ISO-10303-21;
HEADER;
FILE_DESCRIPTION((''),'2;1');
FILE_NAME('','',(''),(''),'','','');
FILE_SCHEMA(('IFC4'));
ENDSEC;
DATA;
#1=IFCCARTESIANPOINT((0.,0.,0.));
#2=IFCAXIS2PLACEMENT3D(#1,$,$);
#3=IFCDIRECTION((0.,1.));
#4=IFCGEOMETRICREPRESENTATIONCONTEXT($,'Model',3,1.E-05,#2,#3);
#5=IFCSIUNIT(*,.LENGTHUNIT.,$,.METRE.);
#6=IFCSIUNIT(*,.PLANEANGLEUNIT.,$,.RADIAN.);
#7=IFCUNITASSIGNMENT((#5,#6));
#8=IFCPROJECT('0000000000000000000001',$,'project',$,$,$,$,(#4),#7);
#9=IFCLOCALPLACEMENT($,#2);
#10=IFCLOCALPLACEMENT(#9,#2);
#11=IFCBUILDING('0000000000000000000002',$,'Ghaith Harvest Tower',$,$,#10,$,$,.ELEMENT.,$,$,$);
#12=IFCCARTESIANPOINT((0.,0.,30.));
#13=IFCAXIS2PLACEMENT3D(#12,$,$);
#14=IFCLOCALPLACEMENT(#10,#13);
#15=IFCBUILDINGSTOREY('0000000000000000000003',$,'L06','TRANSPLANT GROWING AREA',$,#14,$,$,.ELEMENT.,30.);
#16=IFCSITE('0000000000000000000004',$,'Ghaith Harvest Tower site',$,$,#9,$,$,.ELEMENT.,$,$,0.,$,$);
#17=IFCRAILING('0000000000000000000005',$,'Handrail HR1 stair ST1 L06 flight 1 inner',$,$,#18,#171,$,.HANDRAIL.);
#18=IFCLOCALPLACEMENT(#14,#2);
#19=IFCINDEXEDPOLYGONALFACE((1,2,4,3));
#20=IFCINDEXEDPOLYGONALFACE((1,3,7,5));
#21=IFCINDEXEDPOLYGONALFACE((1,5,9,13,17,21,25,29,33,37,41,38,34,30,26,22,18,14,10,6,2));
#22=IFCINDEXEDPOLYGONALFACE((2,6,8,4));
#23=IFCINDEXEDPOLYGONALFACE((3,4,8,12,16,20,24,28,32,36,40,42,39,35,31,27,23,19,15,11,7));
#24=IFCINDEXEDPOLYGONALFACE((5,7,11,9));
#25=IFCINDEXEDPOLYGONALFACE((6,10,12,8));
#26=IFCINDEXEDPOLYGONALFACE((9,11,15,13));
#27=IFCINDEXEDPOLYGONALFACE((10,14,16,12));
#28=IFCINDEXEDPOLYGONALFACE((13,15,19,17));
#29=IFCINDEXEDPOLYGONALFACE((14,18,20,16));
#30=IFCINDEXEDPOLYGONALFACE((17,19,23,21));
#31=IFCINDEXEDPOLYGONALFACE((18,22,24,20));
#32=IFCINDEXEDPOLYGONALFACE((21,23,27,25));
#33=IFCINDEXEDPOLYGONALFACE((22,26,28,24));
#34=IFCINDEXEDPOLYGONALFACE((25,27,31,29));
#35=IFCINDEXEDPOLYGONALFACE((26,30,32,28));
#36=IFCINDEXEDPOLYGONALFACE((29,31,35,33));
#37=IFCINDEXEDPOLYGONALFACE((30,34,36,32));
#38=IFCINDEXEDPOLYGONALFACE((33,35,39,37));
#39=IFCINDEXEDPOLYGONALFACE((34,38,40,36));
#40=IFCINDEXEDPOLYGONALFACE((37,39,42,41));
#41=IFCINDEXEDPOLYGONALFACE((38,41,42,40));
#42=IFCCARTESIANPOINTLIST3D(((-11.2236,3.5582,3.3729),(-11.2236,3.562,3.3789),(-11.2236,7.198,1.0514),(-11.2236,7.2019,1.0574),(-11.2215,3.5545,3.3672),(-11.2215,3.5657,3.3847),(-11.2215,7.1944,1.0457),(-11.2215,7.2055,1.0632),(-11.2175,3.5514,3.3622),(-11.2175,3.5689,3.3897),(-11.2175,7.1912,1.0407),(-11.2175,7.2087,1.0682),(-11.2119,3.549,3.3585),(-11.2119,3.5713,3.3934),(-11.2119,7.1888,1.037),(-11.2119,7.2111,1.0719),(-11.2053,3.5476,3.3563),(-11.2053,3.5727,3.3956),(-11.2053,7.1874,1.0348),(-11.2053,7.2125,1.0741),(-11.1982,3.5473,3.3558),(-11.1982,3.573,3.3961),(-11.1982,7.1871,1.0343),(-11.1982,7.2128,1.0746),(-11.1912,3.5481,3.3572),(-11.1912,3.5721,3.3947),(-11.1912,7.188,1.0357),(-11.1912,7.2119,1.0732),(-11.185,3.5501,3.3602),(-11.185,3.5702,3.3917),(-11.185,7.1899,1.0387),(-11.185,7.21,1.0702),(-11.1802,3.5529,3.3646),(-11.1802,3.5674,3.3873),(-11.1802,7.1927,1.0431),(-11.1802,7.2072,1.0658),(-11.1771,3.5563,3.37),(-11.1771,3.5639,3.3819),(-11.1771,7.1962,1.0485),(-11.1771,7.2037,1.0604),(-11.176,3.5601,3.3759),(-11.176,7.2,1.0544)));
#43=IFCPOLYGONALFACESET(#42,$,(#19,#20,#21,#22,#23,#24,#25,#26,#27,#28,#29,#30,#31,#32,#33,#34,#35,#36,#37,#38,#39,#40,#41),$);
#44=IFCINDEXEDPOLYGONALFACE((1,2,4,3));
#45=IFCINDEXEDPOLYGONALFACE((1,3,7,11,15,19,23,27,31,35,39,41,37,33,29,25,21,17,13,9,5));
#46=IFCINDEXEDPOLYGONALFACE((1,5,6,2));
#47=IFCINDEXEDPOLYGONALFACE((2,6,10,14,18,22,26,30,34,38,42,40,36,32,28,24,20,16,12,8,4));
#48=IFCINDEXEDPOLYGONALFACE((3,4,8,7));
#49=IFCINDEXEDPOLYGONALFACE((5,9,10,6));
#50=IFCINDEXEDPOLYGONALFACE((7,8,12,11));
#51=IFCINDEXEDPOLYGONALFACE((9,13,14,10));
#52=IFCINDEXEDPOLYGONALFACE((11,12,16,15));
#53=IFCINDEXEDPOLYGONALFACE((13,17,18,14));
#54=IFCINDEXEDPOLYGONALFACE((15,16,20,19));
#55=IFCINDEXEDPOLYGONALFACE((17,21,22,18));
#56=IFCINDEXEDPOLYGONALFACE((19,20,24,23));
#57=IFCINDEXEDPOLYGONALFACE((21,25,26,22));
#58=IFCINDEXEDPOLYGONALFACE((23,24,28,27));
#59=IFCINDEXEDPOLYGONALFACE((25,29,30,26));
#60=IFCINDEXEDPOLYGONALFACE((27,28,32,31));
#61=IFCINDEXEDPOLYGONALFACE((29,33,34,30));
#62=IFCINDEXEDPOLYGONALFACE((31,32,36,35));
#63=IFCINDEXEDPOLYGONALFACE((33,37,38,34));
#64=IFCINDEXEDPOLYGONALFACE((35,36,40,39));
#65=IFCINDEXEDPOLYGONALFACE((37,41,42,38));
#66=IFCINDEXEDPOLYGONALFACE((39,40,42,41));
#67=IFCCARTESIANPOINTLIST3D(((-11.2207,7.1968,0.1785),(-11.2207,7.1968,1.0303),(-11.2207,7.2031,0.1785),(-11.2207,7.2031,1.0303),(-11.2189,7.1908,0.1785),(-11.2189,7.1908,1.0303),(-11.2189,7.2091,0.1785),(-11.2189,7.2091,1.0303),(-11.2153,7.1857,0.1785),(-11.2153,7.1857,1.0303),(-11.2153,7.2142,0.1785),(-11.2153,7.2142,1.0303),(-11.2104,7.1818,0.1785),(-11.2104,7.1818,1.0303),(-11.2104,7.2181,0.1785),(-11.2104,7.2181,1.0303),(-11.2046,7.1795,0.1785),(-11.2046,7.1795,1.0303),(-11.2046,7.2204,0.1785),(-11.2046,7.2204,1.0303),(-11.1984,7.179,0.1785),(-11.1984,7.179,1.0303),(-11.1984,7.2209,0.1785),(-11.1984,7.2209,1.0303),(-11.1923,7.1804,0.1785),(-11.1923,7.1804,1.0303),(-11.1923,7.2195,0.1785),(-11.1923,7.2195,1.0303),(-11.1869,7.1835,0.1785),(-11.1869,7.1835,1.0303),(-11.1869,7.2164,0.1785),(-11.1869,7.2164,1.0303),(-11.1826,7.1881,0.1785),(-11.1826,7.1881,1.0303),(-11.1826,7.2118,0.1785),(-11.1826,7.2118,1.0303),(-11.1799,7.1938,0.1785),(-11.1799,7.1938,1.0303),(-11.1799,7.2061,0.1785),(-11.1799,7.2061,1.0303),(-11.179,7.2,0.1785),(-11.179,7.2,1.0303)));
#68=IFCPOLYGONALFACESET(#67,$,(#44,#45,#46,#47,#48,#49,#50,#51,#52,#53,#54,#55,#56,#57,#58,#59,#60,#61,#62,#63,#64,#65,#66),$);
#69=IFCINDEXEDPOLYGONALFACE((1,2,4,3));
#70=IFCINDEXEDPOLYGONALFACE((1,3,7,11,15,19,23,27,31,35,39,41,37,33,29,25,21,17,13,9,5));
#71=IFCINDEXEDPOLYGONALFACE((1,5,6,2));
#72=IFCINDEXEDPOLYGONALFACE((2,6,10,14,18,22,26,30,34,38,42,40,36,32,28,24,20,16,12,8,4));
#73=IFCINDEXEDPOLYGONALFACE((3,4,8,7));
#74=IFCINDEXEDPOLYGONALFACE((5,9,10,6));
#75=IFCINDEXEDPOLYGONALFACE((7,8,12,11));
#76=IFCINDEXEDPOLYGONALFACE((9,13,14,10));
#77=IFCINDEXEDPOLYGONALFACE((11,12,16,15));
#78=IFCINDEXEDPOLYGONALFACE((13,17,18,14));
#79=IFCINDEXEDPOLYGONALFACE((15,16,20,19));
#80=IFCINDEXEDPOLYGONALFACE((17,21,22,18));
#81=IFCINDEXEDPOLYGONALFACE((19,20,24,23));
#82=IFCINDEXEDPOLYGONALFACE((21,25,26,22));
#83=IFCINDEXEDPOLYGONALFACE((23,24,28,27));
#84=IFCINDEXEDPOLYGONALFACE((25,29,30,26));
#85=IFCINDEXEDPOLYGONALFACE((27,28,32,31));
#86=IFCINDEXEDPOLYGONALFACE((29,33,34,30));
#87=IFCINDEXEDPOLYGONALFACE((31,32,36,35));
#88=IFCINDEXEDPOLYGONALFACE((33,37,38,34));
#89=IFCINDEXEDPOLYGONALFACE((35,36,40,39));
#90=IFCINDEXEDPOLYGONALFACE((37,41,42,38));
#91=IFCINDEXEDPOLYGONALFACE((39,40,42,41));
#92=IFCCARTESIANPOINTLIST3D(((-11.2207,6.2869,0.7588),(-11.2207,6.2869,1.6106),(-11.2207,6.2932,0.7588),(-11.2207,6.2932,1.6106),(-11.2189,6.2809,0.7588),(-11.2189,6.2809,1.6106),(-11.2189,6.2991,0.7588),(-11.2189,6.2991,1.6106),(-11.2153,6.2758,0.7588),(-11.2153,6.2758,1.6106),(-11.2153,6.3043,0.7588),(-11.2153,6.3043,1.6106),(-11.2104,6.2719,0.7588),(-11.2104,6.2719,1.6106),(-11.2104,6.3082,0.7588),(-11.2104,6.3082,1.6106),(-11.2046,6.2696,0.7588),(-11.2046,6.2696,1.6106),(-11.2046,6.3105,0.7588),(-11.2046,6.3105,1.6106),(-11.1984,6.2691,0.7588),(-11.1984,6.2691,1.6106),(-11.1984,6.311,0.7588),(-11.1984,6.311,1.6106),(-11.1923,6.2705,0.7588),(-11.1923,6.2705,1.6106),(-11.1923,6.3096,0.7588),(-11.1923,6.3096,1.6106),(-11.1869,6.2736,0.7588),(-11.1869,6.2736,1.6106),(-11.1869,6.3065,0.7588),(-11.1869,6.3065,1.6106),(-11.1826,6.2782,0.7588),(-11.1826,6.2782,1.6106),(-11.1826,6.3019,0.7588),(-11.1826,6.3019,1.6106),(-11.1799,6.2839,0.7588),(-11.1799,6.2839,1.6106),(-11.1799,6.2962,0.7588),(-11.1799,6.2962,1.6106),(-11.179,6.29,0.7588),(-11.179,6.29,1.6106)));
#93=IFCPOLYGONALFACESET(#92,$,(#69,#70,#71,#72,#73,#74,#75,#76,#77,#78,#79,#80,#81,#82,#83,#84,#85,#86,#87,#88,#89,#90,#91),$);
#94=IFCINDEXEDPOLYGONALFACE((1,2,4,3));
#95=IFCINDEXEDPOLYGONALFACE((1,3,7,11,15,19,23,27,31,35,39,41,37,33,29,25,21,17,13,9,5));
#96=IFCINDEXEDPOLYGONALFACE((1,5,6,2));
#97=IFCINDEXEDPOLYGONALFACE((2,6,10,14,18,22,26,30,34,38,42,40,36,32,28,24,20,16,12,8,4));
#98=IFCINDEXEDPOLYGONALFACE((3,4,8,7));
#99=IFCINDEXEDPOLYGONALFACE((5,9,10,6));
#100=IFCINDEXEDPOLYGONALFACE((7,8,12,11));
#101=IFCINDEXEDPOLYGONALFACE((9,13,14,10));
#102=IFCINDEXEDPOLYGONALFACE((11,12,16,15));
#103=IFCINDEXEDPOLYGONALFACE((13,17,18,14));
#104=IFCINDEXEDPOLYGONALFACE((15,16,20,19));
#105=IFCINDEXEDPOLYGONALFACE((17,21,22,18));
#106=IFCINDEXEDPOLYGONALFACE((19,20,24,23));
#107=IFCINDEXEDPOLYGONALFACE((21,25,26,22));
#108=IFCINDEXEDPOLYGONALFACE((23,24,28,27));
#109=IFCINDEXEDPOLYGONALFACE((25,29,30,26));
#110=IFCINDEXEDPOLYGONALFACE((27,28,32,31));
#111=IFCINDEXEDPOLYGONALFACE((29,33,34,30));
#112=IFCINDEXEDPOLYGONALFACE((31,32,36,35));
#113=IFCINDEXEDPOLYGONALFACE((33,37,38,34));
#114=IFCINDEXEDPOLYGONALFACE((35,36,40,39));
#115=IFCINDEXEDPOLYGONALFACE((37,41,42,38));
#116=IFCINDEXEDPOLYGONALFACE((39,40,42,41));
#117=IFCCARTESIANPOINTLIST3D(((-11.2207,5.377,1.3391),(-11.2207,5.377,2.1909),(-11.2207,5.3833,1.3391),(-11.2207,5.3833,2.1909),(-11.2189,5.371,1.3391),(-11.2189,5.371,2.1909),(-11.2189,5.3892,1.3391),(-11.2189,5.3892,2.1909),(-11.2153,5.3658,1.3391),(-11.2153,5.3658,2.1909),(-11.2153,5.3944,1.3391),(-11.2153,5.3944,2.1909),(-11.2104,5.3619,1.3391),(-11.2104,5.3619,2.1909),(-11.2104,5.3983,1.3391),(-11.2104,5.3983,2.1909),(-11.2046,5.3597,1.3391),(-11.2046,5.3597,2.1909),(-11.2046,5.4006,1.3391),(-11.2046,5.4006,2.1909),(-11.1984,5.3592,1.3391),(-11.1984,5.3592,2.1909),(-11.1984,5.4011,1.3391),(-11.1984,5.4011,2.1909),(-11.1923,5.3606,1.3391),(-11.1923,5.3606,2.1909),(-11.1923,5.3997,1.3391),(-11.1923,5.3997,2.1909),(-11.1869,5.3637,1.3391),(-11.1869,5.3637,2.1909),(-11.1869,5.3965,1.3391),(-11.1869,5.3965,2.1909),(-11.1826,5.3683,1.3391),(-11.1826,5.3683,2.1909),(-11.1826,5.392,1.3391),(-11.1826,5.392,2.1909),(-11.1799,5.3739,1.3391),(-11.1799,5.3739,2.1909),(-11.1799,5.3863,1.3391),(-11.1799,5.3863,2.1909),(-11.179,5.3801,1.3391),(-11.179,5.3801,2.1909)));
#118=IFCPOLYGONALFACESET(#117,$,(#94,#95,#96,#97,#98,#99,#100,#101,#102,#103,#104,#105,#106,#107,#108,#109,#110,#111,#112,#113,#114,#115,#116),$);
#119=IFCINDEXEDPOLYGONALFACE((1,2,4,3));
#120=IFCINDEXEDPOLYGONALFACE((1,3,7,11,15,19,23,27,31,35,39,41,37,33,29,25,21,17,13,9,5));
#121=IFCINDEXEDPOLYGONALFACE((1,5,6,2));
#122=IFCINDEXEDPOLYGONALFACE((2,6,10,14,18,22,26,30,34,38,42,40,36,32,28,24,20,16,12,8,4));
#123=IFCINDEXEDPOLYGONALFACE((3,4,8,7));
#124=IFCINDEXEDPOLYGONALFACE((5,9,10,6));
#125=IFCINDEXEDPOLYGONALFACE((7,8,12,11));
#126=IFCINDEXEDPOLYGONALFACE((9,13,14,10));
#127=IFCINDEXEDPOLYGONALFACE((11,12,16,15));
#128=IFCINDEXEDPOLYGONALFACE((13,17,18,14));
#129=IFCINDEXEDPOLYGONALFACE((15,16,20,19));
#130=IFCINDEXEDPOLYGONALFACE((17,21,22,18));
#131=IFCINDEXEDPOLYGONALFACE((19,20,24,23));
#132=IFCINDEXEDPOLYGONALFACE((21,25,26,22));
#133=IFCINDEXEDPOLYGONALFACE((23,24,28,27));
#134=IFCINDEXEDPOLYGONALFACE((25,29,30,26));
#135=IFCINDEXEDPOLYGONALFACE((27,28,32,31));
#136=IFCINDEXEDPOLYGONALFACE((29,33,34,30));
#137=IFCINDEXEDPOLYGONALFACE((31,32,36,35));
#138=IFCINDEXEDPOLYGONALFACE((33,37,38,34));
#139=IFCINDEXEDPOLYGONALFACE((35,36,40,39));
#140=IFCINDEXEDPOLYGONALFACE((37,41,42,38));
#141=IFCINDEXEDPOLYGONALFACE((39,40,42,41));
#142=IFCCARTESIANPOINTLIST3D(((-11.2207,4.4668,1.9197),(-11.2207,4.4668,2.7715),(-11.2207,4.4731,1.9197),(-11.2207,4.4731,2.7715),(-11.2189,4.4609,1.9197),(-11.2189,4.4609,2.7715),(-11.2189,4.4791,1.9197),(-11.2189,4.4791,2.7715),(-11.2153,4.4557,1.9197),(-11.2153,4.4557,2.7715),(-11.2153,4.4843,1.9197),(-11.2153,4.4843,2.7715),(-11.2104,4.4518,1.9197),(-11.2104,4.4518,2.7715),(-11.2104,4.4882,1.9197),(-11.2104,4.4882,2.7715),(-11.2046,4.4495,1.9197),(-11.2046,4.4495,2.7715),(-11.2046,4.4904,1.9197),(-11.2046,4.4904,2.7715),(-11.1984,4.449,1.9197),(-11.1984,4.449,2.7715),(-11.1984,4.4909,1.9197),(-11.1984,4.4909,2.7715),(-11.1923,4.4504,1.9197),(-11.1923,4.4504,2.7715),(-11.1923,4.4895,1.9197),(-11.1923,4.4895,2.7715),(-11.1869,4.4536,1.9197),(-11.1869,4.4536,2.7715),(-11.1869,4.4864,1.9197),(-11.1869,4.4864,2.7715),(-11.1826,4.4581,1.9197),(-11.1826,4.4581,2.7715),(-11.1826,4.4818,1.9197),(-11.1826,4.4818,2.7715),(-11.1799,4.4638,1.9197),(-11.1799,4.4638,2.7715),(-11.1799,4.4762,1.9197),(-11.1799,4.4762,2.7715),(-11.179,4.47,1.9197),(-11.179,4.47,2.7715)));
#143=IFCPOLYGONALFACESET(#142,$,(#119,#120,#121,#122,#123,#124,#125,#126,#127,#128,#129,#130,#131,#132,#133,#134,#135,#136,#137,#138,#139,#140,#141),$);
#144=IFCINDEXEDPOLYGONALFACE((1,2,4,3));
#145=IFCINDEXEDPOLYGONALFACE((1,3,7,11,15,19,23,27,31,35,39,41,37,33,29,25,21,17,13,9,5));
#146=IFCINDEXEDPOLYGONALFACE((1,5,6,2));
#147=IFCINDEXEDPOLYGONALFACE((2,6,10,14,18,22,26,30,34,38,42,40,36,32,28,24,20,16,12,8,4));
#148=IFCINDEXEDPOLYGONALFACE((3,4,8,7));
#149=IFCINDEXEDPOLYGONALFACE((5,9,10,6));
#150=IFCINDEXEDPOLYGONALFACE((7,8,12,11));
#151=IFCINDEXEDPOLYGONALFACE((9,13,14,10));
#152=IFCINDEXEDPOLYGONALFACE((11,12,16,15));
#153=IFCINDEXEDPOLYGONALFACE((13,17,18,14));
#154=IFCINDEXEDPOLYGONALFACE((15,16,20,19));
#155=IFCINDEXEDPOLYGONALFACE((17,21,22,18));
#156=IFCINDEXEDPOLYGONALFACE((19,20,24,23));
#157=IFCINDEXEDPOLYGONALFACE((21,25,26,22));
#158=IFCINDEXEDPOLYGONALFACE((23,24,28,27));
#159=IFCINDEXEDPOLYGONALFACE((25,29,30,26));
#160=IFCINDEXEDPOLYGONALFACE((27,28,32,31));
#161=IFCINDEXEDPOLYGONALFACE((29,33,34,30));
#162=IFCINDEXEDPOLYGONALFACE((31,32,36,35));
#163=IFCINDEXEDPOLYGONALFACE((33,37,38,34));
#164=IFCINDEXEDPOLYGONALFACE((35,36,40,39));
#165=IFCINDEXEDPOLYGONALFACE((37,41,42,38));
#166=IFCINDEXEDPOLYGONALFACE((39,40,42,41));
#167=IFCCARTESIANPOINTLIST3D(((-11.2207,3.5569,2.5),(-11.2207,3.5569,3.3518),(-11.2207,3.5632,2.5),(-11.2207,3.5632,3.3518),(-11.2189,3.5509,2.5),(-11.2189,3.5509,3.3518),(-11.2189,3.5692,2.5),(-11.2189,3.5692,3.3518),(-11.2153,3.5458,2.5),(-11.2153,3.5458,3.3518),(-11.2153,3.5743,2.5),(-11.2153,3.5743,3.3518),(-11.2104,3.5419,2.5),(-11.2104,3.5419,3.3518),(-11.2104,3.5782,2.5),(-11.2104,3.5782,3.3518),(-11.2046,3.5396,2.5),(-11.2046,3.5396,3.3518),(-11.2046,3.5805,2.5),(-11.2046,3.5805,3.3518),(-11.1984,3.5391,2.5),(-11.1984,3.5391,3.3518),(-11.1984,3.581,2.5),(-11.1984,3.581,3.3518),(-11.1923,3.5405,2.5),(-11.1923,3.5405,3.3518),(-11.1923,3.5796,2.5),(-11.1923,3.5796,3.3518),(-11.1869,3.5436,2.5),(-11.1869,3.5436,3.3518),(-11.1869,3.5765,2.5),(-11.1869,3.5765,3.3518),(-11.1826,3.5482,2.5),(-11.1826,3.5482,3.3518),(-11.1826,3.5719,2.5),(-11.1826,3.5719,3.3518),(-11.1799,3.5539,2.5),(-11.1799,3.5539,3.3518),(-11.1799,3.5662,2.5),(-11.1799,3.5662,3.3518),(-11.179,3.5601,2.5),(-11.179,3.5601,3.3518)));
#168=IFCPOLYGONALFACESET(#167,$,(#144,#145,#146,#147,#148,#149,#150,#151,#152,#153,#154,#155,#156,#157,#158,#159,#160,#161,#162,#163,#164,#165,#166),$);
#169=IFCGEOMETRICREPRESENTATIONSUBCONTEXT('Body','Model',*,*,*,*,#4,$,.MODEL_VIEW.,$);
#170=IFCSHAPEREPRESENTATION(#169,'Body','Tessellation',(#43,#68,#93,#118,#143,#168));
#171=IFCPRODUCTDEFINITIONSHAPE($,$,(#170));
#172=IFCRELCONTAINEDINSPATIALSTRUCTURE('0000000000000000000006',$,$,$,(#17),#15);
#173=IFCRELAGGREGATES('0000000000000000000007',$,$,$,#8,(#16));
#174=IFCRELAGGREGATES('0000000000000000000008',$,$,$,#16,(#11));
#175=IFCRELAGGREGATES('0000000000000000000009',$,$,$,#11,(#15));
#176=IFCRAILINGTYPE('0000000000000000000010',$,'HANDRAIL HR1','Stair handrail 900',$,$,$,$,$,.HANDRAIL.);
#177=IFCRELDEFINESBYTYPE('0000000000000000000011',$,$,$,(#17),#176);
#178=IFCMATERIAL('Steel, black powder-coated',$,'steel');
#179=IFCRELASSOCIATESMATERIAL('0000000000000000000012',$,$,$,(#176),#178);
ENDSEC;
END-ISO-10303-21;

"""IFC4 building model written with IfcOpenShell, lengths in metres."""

from ifc_helpers import new_model, si_unit, direction, frame, origin, origin_2d, place, context, subcontext, project, spatial, circle, extrude, material, type_object, element, save


model = new_model("IFC4")

# Units and contexts
model_context = context("Model", 3, precision=1e-05, world=origin(), true_north=direction((0.0, 1.0)))
body_context = subcontext(model_context, "Body", "Model", "MODEL_VIEW")
ifc_project = project(units=[si_unit("LENGTHUNIT", "METRE"), si_unit("PLANEANGLEUNIT", "RADIAN")], contexts=[model_context])

# Site, building, storey
site_placement = place(None, origin())
site = spatial("IfcSite", under=ifc_project, at=site_placement, Name="Ghaith Harvest Tower site", CompositionType="ELEMENT", RefElevation=0.0)
building_placement = place(site_placement, origin())
building = spatial("IfcBuilding", under=site, at=building_placement, Name="Ghaith Harvest Tower", CompositionType="ELEMENT")
storey_placement = place(building_placement, frame((0.0, 0.0, 30.0)))
storey = spatial("IfcBuildingStorey", under=building, at=storey_placement, Name="L06", Description="TRANSPLANT GROWING AREA", CompositionType="ELEMENT", Elevation=30.0)

# Railing
ifc_material_1 = material(Name="Steel, black powder-coated", Category="steel")
railing_type = type_object("IfcRailingType", Name="HANDRAIL HR1", Description="Stair handrail 900", PredefinedType="HANDRAIL", material=ifc_material_1)
railing_1_placement = place(storey_placement, frame((-11.2, 7.2, 0.1785)))
element("IfcRailing", 1, at=railing_1_placement, inside=storey, type_object=railing_type, Name="Handrail HR1 stair ST1 L06 flight 1 inner", PredefinedType="HANDRAIL", context=body_context, shape_type="SweptSolid", body=[
    extrude(circle(Radius=0.0239, at=origin_2d()), frame((0.0, 0.0, 0.876), z_axis=(0.0, -0.843112, 0.537739), x_axis=(1.0, 0.0, 0.0)), (0.0, 0.0, 1.0), 4.3171),
    extrude(circle(Radius=0.021, at=origin_2d()), origin(), (0.0, 0.0, 1.0), 0.8518),
    extrude(circle(Radius=0.021, at=origin_2d()), frame((0.0, -0.9099, 0.5803)), (0.0, 0.0, 1.0), 0.8518),
    extrude(circle(Radius=0.021, at=origin_2d()), frame((0.0, -1.8198, 1.1606)), (0.0, 0.0, 1.0), 0.8518),
    extrude(circle(Radius=0.021, at=origin_2d()), frame((0.0, -2.73, 1.7412)), (0.0, 0.0, 1.0), 0.8518),
    extrude(circle(Radius=0.021, at=origin_2d()), frame((0.0, -3.6399, 2.3215)), (0.0, 0.0, 1.0), 0.8518),
])

save(model, "model.ifc")
